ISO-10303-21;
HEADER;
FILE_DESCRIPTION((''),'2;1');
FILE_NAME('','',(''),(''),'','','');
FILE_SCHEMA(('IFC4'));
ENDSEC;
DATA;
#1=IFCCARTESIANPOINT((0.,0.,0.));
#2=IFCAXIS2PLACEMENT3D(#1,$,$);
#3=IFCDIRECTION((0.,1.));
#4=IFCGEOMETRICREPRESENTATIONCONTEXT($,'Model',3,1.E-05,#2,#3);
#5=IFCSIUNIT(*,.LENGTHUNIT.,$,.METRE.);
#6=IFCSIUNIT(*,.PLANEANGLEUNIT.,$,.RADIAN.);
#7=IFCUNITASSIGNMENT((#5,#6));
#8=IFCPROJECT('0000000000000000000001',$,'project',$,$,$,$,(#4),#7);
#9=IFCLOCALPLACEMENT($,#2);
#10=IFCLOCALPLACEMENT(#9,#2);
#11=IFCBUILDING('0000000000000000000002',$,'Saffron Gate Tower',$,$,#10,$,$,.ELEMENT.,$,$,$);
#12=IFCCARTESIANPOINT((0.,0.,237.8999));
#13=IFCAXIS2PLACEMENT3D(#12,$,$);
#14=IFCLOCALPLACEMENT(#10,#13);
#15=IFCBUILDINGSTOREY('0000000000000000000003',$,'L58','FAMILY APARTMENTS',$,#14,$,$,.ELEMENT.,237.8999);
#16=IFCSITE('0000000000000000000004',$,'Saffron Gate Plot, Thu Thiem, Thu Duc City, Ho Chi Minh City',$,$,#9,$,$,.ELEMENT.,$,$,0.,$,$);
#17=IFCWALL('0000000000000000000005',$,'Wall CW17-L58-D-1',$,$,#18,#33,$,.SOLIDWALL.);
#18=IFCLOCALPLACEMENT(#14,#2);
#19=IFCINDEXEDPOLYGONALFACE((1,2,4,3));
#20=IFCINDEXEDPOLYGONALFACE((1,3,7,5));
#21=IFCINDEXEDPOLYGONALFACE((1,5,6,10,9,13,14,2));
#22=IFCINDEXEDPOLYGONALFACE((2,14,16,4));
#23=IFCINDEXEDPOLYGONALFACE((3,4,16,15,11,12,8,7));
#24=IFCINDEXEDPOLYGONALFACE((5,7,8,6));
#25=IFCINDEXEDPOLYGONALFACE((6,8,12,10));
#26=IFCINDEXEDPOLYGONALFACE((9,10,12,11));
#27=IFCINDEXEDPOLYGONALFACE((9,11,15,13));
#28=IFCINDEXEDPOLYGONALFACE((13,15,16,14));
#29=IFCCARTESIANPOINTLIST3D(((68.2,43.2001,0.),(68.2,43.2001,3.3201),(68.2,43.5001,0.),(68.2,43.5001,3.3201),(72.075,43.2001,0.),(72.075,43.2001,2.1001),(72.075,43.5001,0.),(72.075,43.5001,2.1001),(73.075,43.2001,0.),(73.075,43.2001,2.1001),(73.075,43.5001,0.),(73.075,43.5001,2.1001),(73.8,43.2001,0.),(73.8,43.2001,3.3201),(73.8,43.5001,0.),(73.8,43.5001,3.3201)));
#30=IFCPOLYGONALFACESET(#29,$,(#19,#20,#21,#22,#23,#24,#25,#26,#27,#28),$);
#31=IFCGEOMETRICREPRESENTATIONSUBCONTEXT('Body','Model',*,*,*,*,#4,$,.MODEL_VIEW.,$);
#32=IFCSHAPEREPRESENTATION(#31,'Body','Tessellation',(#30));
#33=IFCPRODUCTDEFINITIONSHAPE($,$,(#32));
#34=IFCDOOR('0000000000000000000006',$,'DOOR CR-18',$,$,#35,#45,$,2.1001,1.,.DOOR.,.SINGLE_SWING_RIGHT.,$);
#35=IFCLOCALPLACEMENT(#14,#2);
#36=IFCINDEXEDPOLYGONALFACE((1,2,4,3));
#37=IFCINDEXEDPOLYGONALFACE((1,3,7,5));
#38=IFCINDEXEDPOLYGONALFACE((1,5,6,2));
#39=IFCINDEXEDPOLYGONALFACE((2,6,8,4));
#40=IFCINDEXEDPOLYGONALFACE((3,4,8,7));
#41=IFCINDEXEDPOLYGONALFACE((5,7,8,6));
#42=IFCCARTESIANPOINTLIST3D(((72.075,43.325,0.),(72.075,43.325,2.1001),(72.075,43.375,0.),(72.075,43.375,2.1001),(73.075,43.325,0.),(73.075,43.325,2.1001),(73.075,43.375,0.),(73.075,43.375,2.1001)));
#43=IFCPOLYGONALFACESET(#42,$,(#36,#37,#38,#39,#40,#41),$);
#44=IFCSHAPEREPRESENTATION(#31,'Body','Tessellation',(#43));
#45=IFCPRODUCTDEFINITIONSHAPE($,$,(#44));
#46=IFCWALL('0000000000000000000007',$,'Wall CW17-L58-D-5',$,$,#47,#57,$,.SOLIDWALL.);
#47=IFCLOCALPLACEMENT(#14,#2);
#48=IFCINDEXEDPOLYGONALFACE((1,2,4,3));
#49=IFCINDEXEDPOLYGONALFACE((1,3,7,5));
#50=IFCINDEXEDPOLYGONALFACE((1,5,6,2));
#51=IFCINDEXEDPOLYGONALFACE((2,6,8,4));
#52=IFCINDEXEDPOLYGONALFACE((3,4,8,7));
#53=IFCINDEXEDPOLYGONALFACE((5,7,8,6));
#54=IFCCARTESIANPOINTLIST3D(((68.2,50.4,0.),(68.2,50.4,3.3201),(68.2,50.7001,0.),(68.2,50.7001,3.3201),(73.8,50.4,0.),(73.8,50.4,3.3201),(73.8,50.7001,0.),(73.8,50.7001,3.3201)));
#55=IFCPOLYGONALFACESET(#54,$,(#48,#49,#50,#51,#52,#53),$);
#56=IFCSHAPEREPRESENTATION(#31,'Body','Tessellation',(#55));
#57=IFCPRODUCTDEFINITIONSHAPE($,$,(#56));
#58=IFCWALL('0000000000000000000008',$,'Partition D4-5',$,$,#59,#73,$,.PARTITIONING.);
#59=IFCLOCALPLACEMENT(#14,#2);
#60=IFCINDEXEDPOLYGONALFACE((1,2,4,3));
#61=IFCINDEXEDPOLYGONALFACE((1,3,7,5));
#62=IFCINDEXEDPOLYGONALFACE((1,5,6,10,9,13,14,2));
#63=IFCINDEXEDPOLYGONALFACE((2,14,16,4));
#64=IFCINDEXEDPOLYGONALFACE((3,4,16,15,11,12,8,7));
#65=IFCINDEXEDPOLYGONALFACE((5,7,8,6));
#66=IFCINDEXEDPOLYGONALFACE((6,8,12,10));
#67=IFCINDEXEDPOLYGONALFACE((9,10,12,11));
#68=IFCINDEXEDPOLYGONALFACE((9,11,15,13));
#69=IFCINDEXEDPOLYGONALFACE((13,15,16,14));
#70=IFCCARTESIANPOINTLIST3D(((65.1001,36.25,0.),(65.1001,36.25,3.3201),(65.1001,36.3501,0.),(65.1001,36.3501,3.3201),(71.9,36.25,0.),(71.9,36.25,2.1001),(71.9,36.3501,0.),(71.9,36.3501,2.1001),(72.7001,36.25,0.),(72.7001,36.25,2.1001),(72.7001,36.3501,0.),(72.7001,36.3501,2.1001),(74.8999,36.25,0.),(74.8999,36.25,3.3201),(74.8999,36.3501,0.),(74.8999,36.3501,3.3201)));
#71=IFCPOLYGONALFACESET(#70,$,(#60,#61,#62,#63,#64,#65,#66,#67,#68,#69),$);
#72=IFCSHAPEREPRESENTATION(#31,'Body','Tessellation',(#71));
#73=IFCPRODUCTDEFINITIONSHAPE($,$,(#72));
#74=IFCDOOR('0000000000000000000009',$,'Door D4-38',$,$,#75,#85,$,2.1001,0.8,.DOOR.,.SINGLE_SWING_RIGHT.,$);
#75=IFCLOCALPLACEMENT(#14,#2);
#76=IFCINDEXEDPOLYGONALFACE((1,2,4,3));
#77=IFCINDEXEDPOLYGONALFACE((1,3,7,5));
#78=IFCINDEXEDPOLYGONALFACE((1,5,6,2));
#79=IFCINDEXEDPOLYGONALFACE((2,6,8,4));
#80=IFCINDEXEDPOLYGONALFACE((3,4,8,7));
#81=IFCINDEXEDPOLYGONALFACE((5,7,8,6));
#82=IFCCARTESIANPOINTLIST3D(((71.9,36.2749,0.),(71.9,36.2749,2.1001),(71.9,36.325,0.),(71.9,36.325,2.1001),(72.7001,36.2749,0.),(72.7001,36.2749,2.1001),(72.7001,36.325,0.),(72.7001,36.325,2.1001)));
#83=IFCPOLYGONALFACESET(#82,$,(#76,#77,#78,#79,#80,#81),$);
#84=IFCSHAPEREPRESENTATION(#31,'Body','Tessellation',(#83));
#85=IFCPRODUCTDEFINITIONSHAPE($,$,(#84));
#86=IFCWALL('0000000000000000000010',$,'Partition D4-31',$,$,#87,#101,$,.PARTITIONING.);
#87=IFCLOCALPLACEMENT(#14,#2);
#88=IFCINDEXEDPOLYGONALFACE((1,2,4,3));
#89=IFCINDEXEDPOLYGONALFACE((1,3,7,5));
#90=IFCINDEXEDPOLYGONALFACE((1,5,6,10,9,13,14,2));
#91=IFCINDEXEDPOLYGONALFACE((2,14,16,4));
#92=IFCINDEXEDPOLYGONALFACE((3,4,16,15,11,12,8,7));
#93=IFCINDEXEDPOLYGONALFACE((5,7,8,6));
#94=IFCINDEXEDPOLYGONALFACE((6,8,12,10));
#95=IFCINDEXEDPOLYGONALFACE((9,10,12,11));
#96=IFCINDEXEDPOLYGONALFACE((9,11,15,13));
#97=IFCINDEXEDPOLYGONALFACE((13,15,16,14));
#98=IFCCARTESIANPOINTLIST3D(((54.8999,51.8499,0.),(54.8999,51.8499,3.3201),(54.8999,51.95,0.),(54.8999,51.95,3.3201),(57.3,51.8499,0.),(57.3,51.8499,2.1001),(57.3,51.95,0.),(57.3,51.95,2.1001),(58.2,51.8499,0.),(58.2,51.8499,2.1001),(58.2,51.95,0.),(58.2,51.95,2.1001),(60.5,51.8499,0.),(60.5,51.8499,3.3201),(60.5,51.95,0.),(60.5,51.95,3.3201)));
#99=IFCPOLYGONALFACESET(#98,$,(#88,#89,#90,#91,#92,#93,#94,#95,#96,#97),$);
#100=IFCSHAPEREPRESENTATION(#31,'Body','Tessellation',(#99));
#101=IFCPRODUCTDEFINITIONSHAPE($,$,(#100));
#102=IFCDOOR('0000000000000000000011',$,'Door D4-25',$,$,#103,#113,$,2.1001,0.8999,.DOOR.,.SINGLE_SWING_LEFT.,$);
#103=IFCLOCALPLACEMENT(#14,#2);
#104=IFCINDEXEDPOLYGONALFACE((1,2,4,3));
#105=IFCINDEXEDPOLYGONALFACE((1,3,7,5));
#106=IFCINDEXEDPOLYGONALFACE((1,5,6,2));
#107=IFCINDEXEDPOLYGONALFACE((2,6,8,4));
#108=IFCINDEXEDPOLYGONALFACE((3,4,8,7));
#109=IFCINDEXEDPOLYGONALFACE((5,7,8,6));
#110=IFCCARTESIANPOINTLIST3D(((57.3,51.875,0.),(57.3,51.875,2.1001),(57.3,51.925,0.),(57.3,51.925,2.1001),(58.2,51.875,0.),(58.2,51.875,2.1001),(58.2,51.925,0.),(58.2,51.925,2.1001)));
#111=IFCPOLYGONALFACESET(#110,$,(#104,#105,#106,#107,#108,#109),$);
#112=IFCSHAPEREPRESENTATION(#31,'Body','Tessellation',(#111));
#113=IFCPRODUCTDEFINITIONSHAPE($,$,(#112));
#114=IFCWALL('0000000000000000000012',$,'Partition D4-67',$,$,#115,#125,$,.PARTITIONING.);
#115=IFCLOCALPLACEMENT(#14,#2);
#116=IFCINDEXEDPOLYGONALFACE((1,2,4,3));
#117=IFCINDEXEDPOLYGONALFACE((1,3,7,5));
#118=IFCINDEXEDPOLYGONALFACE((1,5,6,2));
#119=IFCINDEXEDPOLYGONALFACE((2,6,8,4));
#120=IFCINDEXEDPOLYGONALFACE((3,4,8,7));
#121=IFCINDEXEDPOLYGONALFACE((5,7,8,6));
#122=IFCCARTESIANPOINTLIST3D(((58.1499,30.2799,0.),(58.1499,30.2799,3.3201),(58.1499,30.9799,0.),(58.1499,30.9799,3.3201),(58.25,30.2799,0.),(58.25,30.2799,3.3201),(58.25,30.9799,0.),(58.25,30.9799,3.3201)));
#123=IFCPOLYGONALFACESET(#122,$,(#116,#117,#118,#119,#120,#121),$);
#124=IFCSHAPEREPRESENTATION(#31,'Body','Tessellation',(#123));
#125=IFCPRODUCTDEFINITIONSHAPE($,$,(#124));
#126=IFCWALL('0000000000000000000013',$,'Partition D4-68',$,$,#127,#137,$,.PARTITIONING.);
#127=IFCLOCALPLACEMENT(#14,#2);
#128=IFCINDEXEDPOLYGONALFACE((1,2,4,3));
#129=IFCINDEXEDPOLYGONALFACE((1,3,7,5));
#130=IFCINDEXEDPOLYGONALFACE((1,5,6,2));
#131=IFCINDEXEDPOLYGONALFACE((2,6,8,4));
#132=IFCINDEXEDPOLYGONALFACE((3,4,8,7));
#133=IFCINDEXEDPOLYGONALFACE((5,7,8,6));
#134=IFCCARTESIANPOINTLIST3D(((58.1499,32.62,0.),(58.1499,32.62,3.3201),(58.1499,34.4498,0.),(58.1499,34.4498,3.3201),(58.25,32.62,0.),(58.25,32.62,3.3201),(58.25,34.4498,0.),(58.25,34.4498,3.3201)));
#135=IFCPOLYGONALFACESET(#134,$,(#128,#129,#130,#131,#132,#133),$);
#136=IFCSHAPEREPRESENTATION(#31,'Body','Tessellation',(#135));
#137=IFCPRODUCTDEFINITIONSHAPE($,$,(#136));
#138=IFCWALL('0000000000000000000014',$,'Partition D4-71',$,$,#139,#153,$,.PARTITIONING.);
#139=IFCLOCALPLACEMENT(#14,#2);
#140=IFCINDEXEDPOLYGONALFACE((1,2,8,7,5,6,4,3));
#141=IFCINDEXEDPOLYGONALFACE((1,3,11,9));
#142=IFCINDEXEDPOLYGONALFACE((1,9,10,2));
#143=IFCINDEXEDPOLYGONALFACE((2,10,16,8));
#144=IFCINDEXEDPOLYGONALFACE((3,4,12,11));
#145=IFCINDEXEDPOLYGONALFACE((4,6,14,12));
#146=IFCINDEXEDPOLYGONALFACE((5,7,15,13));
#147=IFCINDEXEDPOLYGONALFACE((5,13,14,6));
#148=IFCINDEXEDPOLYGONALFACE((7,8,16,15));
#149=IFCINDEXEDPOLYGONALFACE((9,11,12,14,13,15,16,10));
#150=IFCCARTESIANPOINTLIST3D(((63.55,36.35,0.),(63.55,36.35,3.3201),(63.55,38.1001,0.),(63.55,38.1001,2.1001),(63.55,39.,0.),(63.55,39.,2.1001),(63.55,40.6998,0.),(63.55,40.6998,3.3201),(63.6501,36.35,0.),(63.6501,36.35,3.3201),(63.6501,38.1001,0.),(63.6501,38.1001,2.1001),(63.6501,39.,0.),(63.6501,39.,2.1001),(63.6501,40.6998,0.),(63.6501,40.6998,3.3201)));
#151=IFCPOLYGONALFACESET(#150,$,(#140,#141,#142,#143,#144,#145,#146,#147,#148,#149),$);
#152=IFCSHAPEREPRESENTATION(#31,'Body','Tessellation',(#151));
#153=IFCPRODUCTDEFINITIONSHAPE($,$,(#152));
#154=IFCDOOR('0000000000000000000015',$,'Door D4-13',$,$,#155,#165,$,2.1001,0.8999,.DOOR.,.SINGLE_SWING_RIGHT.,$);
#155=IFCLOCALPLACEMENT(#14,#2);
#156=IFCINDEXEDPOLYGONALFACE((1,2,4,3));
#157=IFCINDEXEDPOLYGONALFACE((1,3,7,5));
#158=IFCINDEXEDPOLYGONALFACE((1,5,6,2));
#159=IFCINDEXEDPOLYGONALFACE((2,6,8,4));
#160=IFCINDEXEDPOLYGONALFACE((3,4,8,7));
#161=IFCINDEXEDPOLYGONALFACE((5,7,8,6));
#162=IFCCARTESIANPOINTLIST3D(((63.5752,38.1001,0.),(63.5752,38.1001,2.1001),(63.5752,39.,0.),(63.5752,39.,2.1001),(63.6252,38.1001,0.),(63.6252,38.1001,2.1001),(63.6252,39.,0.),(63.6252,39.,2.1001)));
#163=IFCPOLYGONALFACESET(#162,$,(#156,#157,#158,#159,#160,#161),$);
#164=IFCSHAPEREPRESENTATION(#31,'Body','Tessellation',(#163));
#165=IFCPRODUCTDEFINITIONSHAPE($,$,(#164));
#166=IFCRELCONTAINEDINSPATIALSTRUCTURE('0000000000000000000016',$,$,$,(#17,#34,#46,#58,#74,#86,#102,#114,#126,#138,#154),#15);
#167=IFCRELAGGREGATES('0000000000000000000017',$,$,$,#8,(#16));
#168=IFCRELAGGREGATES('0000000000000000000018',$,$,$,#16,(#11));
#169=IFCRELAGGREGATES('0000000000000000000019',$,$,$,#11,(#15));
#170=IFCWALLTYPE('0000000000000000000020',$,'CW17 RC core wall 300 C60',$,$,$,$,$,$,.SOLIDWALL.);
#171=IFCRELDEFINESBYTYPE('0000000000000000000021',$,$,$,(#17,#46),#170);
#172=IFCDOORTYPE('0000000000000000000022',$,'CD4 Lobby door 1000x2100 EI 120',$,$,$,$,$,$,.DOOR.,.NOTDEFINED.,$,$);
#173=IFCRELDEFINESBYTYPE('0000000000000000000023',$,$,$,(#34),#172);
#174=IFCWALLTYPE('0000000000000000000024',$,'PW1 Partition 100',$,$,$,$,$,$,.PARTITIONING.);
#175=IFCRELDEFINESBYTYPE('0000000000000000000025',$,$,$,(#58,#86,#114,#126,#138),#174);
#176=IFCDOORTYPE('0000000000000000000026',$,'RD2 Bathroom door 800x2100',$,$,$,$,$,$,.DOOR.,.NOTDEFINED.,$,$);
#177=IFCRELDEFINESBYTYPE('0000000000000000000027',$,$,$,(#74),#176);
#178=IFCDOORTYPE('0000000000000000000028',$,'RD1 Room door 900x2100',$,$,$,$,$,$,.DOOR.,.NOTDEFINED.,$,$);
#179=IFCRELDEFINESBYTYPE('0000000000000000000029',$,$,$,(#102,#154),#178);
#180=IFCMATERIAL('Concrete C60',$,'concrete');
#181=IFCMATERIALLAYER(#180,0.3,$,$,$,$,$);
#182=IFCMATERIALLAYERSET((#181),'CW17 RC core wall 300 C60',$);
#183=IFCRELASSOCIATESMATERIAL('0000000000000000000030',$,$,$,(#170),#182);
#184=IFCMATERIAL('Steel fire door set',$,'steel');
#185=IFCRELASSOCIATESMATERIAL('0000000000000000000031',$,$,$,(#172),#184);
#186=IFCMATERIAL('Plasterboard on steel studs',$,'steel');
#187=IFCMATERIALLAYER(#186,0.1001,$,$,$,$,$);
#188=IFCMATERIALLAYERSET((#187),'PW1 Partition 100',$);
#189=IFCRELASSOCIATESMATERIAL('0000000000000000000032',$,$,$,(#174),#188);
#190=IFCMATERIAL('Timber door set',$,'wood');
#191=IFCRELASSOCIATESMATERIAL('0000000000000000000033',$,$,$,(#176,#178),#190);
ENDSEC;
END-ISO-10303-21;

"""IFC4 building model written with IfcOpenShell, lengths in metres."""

from ifc_helpers import new_model, si_unit, direction, frame, frame_2d, origin, place, context, subcontext, project, spatial, rectangle, extrude, material, layer, layer_set, type_object, element, fill, save


model = new_model("IFC4")

# Units and contexts
model_context = context("Model", 3, precision=1e-05, world=origin(), true_north=direction((0.0, 1.0)))
body_context = subcontext(model_context, "Body", "Model", "MODEL_VIEW")
ifc_project = project(units=[si_unit("LENGTHUNIT", "METRE"), si_unit("PLANEANGLEUNIT", "RADIAN")], contexts=[model_context])

# Site, building, storey
site_placement = place(None, origin())
site = spatial("IfcSite", under=ifc_project, at=site_placement, Name="Saffron Gate Plot, Thu Thiem, Thu Duc City, Ho Chi Minh City", CompositionType="ELEMENT", RefElevation=0.0)
building_placement = place(site_placement, origin())
building = spatial("IfcBuilding", under=site, at=building_placement, Name="Saffron Gate Tower", CompositionType="ELEMENT")
storey_placement = place(building_placement, frame((0.0, 0.0, 237.8999)))
storey = spatial("IfcBuildingStorey", under=building, at=storey_placement, Name="L58", Description="FAMILY APARTMENTS", CompositionType="ELEMENT", Elevation=237.8999)

# Shared definitions
ifc_material_1 = material(Name="Concrete C60", Category="concrete")

# Wall, opening, door
ifc_layer_1 = layer(ifc_material_1, 0.3)
ifc_layer_set_1 = layer_set([ifc_layer_1], Name="CW17 RC core wall 300 C60")
wall_type_1 = type_object("IfcWallType", Name="CW17 RC core wall 300 C60", PredefinedType="SOLIDWALL", material=ifc_layer_set_1)
wall_1_placement = place(storey_placement, frame((68.2, 43.3501, 0.0), z_axis=(0.0, 0.0, 1.0), x_axis=(1.0, 0.0, 0.0)))
wall_1 = element("IfcWall", 1, at=wall_1_placement, inside=storey, type_object=wall_type_1, Name="Wall CW17-L58-D-1", PredefinedType="SOLIDWALL", context=body_context, shape_type="SweptSolid", body=[
    extrude(rectangle(XDim=5.6001, YDim=0.3, at=frame_2d((2.8, 0.0))), origin(), (0.0, 0.0, 1.0), 3.3201),
])
opening_1_placement = place(wall_1_placement, frame((3.875, 0.0, 0.0)))
opening_1 = element("IfcOpeningElement", 2, at=opening_1_placement, cuts=wall_1, PredefinedType="OPENING", context=body_context, shape_type="SweptSolid", body=[
    extrude(rectangle(XDim=1.0, YDim=2.1001, at=frame_2d((0.5, 1.05))), frame((0.0, 0.1602, 0.0), z_axis=(0.0, -1.0, 0.0), x_axis=(1.0, 0.0, 0.0)), (0.0, 0.0, 1.0), 0.3201),
])
ifc_material_2 = material(Name="Steel fire door set", Category="steel")
door_type_1 = type_object("IfcDoorType", Name="CD4 Lobby door 1000x2100 EI 120", OperationType="NOTDEFINED", PredefinedType="DOOR", material=ifc_material_2)
door_1_placement = place(opening_1_placement, origin())
door_1 = element("IfcDoor", 3, at=door_1_placement, inside=storey, type_object=door_type_1, Name="DOOR CR-18", OperationType="SINGLE_SWING_RIGHT", OverallHeight=2.1001, OverallWidth=1.0, PredefinedType="DOOR", context=body_context, shape_type="SweptSolid", body=[
    extrude(rectangle(XDim=1.0, YDim=2.1001, at=frame_2d((0.5, 1.05))), frame((0.0, 0.0249, 0.0), z_axis=(0.0, -1.0, 0.0), x_axis=(1.0, 0.0, 0.0)), (0.0, 0.0, 1.0), 0.05),
])
fill(opening_1, door_1)

# Wall
wall_2_placement = place(storey_placement, frame((68.2, 50.55, 0.0), z_axis=(0.0, 0.0, 1.0), x_axis=(1.0, 0.0, 0.0)))
element("IfcWall", 4, at=wall_2_placement, inside=storey, type_object=wall_type_1, Name="Wall CW17-L58-D-5", PredefinedType="SOLIDWALL", context=body_context, shape_type="SweptSolid", body=[
    extrude(rectangle(XDim=5.6001, YDim=0.3, at=frame_2d((2.8, 0.0))), origin(), (0.0, 0.0, 1.0), 3.3201),
])

# Walls, openings, doors
ifc_material_3 = material(Name="Plasterboard on steel studs", Category="steel")
ifc_layer_2 = layer(ifc_material_3, 0.1001)
ifc_layer_set_2 = layer_set([ifc_layer_2], Name="PW1 Partition 100")
wall_type_2 = type_object("IfcWallType", Name="PW1 Partition 100", PredefinedType="PARTITIONING", material=ifc_layer_set_2)
wall_3_placement = place(storey_placement, frame((65.1001, 36.3, 0.0), z_axis=(0.0, 0.0, 1.0), x_axis=(1.0, 0.0, 0.0)))
wall_3 = element("IfcWall", 5, at=wall_3_placement, inside=storey, type_object=wall_type_2, Name="Partition D4-5", PredefinedType="PARTITIONING", context=body_context, shape_type="SweptSolid", body=[
    extrude(rectangle(XDim=9.7998, YDim=0.1001, at=frame_2d((4.8999, 0.0))), origin(), (0.0, 0.0, 1.0), 3.3201),
])
opening_2_placement = place(wall_3_placement, frame((6.8, 0.0, 0.0)))
opening_2 = element("IfcOpeningElement", 6, at=opening_2_placement, cuts=wall_3, PredefinedType="OPENING", context=body_context, shape_type="SweptSolid", body=[
    extrude(rectangle(XDim=0.8, YDim=2.1001, at=frame_2d((0.3999, 1.05))), frame((0.0, 0.0601, 0.0), z_axis=(0.0, -1.0, 0.0), x_axis=(1.0, 0.0, 0.0)), (0.0, 0.0, 1.0), 0.1201),
])
ifc_material_4 = material(Name="Timber door set", Category="wood")
door_type_2 = type_object("IfcDoorType", Name="RD2 Bathroom door 800x2100", OperationType="NOTDEFINED", PredefinedType="DOOR", material=ifc_material_4)
door_2_placement = place(opening_2_placement, origin())
door_2 = element("IfcDoor", 7, at=door_2_placement, inside=storey, type_object=door_type_2, Name="Door D4-38", OperationType="SINGLE_SWING_RIGHT", OverallHeight=2.1001, OverallWidth=0.8, PredefinedType="DOOR", context=body_context, shape_type="SweptSolid", body=[
    extrude(rectangle(XDim=0.8, YDim=2.1001, at=frame_2d((0.3999, 1.05))), frame((0.0, 0.0249, 0.0), z_axis=(0.0, -1.0, 0.0), x_axis=(1.0, 0.0, 0.0)), (0.0, 0.0, 1.0), 0.05),
])
fill(opening_2, door_2)
wall_4_placement = place(storey_placement, frame((60.5, 51.8999, 0.0), z_axis=(0.0, 0.0, 1.0), x_axis=(-1.0, 0.0, 0.0)))
wall_4 = element("IfcWall", 8, at=wall_4_placement, inside=storey, type_object=wall_type_2, Name="Partition D4-31", PredefinedType="PARTITIONING", context=body_context, shape_type="SweptSolid", body=[
    extrude(rectangle(XDim=5.6001, YDim=0.1001, at=frame_2d((2.8, 0.0))), origin(), (0.0, 0.0, 1.0), 3.3201),
])
opening_3_placement = place(wall_4_placement, frame((2.3, 0.0, 0.0)))
opening_3 = element("IfcOpeningElement", 9, at=opening_3_placement, cuts=wall_4, PredefinedType="OPENING", context=body_context, shape_type="SweptSolid", body=[
    extrude(rectangle(XDim=0.8999, YDim=2.1001, at=frame_2d((0.45, 1.05))), frame((0.0, 0.0601, 0.0), z_axis=(0.0, -1.0, 0.0), x_axis=(1.0, 0.0, 0.0)), (0.0, 0.0, 1.0), 0.1201),
])
door_type_3 = type_object("IfcDoorType", Name="RD1 Room door 900x2100", OperationType="NOTDEFINED", PredefinedType="DOOR", material=ifc_material_4)
door_3_placement = place(opening_3_placement, origin())
door_3 = element("IfcDoor", 10, at=door_3_placement, inside=storey, type_object=door_type_3, Name="Door D4-25", OperationType="SINGLE_SWING_LEFT", OverallHeight=2.1001, OverallWidth=0.8999, PredefinedType="DOOR", context=body_context, shape_type="SweptSolid", body=[
    extrude(rectangle(XDim=0.8999, YDim=2.1001, at=frame_2d((0.45, 1.05))), frame((0.0, 0.0249, 0.0), z_axis=(0.0, -1.0, 0.0), x_axis=(1.0, 0.0, 0.0)), (0.0, 0.0, 1.0), 0.05),
])
fill(opening_3, door_3)

# Walls
wall_5_placement = place(storey_placement, frame((58.2, 30.98, 0.0), z_axis=(0.0, 0.0, 1.0), x_axis=(0.0, -1.0, 0.0)))
element("IfcWall", 11, at=wall_5_placement, inside=storey, type_object=wall_type_2, Name="Partition D4-67", PredefinedType="PARTITIONING", context=body_context, shape_type="SweptSolid", body=[
    extrude(rectangle(XDim=0.7, YDim=0.1001, at=frame_2d((0.3501, 0.0))), origin(), (0.0, 0.0, 1.0), 3.3201),
])
wall_6_placement = place(storey_placement, frame((58.2, 34.45, 0.0), z_axis=(0.0, 0.0, 1.0), x_axis=(0.0, -1.0, 0.0)))
element("IfcWall", 12, at=wall_6_placement, inside=storey, type_object=wall_type_2, Name="Partition D4-68", PredefinedType="PARTITIONING", context=body_context, shape_type="SweptSolid", body=[
    extrude(rectangle(XDim=1.8298, YDim=0.1001, at=frame_2d((0.915, 0.0))), origin(), (0.0, 0.0, 1.0), 3.3201),
])

# Wall, opening, door
wall_7_placement = place(storey_placement, frame((63.6001, 36.3501, 0.0), z_axis=(0.0, 0.0, 1.0), x_axis=(0.0, 1.0, 0.0)))
wall_7 = element("IfcWall", 13, at=wall_7_placement, inside=storey, type_object=wall_type_2, Name="Partition D4-71", PredefinedType="PARTITIONING", context=body_context, shape_type="SweptSolid", body=[
    extrude(rectangle(XDim=4.3499, YDim=0.1001, at=frame_2d((2.1748, 0.0))), origin(), (0.0, 0.0, 1.0), 3.3201),
])
opening_4_placement = place(wall_7_placement, frame((1.75, 0.0, 0.0)))
opening_4 = element("IfcOpeningElement", 14, at=opening_4_placement, cuts=wall_7, PredefinedType="OPENING", context=body_context, shape_type="SweptSolid", body=[
    extrude(rectangle(XDim=0.8999, YDim=2.1001, at=frame_2d((0.45, 1.05))), frame((0.0, 0.0601, 0.0), z_axis=(0.0, -1.0, 0.0), x_axis=(1.0, 0.0, 0.0)), (0.0, 0.0, 1.0), 0.1201),
])
door_4_placement = place(opening_4_placement, origin())
door_4 = element("IfcDoor", 15, at=door_4_placement, inside=storey, type_object=door_type_3, Name="Door D4-13", OperationType="SINGLE_SWING_RIGHT", OverallHeight=2.1001, OverallWidth=0.8999, PredefinedType="DOOR", context=body_context, shape_type="SweptSolid", body=[
    extrude(rectangle(XDim=0.8999, YDim=2.1001, at=frame_2d((0.45, 1.05))), frame((0.0, 0.0249, 0.0), z_axis=(0.0, -1.0, 0.0), x_axis=(1.0, 0.0, 0.0)), (0.0, 0.0, 1.0), 0.05),
])
fill(opening_4, door_4)

save(model, "model.ifc")
